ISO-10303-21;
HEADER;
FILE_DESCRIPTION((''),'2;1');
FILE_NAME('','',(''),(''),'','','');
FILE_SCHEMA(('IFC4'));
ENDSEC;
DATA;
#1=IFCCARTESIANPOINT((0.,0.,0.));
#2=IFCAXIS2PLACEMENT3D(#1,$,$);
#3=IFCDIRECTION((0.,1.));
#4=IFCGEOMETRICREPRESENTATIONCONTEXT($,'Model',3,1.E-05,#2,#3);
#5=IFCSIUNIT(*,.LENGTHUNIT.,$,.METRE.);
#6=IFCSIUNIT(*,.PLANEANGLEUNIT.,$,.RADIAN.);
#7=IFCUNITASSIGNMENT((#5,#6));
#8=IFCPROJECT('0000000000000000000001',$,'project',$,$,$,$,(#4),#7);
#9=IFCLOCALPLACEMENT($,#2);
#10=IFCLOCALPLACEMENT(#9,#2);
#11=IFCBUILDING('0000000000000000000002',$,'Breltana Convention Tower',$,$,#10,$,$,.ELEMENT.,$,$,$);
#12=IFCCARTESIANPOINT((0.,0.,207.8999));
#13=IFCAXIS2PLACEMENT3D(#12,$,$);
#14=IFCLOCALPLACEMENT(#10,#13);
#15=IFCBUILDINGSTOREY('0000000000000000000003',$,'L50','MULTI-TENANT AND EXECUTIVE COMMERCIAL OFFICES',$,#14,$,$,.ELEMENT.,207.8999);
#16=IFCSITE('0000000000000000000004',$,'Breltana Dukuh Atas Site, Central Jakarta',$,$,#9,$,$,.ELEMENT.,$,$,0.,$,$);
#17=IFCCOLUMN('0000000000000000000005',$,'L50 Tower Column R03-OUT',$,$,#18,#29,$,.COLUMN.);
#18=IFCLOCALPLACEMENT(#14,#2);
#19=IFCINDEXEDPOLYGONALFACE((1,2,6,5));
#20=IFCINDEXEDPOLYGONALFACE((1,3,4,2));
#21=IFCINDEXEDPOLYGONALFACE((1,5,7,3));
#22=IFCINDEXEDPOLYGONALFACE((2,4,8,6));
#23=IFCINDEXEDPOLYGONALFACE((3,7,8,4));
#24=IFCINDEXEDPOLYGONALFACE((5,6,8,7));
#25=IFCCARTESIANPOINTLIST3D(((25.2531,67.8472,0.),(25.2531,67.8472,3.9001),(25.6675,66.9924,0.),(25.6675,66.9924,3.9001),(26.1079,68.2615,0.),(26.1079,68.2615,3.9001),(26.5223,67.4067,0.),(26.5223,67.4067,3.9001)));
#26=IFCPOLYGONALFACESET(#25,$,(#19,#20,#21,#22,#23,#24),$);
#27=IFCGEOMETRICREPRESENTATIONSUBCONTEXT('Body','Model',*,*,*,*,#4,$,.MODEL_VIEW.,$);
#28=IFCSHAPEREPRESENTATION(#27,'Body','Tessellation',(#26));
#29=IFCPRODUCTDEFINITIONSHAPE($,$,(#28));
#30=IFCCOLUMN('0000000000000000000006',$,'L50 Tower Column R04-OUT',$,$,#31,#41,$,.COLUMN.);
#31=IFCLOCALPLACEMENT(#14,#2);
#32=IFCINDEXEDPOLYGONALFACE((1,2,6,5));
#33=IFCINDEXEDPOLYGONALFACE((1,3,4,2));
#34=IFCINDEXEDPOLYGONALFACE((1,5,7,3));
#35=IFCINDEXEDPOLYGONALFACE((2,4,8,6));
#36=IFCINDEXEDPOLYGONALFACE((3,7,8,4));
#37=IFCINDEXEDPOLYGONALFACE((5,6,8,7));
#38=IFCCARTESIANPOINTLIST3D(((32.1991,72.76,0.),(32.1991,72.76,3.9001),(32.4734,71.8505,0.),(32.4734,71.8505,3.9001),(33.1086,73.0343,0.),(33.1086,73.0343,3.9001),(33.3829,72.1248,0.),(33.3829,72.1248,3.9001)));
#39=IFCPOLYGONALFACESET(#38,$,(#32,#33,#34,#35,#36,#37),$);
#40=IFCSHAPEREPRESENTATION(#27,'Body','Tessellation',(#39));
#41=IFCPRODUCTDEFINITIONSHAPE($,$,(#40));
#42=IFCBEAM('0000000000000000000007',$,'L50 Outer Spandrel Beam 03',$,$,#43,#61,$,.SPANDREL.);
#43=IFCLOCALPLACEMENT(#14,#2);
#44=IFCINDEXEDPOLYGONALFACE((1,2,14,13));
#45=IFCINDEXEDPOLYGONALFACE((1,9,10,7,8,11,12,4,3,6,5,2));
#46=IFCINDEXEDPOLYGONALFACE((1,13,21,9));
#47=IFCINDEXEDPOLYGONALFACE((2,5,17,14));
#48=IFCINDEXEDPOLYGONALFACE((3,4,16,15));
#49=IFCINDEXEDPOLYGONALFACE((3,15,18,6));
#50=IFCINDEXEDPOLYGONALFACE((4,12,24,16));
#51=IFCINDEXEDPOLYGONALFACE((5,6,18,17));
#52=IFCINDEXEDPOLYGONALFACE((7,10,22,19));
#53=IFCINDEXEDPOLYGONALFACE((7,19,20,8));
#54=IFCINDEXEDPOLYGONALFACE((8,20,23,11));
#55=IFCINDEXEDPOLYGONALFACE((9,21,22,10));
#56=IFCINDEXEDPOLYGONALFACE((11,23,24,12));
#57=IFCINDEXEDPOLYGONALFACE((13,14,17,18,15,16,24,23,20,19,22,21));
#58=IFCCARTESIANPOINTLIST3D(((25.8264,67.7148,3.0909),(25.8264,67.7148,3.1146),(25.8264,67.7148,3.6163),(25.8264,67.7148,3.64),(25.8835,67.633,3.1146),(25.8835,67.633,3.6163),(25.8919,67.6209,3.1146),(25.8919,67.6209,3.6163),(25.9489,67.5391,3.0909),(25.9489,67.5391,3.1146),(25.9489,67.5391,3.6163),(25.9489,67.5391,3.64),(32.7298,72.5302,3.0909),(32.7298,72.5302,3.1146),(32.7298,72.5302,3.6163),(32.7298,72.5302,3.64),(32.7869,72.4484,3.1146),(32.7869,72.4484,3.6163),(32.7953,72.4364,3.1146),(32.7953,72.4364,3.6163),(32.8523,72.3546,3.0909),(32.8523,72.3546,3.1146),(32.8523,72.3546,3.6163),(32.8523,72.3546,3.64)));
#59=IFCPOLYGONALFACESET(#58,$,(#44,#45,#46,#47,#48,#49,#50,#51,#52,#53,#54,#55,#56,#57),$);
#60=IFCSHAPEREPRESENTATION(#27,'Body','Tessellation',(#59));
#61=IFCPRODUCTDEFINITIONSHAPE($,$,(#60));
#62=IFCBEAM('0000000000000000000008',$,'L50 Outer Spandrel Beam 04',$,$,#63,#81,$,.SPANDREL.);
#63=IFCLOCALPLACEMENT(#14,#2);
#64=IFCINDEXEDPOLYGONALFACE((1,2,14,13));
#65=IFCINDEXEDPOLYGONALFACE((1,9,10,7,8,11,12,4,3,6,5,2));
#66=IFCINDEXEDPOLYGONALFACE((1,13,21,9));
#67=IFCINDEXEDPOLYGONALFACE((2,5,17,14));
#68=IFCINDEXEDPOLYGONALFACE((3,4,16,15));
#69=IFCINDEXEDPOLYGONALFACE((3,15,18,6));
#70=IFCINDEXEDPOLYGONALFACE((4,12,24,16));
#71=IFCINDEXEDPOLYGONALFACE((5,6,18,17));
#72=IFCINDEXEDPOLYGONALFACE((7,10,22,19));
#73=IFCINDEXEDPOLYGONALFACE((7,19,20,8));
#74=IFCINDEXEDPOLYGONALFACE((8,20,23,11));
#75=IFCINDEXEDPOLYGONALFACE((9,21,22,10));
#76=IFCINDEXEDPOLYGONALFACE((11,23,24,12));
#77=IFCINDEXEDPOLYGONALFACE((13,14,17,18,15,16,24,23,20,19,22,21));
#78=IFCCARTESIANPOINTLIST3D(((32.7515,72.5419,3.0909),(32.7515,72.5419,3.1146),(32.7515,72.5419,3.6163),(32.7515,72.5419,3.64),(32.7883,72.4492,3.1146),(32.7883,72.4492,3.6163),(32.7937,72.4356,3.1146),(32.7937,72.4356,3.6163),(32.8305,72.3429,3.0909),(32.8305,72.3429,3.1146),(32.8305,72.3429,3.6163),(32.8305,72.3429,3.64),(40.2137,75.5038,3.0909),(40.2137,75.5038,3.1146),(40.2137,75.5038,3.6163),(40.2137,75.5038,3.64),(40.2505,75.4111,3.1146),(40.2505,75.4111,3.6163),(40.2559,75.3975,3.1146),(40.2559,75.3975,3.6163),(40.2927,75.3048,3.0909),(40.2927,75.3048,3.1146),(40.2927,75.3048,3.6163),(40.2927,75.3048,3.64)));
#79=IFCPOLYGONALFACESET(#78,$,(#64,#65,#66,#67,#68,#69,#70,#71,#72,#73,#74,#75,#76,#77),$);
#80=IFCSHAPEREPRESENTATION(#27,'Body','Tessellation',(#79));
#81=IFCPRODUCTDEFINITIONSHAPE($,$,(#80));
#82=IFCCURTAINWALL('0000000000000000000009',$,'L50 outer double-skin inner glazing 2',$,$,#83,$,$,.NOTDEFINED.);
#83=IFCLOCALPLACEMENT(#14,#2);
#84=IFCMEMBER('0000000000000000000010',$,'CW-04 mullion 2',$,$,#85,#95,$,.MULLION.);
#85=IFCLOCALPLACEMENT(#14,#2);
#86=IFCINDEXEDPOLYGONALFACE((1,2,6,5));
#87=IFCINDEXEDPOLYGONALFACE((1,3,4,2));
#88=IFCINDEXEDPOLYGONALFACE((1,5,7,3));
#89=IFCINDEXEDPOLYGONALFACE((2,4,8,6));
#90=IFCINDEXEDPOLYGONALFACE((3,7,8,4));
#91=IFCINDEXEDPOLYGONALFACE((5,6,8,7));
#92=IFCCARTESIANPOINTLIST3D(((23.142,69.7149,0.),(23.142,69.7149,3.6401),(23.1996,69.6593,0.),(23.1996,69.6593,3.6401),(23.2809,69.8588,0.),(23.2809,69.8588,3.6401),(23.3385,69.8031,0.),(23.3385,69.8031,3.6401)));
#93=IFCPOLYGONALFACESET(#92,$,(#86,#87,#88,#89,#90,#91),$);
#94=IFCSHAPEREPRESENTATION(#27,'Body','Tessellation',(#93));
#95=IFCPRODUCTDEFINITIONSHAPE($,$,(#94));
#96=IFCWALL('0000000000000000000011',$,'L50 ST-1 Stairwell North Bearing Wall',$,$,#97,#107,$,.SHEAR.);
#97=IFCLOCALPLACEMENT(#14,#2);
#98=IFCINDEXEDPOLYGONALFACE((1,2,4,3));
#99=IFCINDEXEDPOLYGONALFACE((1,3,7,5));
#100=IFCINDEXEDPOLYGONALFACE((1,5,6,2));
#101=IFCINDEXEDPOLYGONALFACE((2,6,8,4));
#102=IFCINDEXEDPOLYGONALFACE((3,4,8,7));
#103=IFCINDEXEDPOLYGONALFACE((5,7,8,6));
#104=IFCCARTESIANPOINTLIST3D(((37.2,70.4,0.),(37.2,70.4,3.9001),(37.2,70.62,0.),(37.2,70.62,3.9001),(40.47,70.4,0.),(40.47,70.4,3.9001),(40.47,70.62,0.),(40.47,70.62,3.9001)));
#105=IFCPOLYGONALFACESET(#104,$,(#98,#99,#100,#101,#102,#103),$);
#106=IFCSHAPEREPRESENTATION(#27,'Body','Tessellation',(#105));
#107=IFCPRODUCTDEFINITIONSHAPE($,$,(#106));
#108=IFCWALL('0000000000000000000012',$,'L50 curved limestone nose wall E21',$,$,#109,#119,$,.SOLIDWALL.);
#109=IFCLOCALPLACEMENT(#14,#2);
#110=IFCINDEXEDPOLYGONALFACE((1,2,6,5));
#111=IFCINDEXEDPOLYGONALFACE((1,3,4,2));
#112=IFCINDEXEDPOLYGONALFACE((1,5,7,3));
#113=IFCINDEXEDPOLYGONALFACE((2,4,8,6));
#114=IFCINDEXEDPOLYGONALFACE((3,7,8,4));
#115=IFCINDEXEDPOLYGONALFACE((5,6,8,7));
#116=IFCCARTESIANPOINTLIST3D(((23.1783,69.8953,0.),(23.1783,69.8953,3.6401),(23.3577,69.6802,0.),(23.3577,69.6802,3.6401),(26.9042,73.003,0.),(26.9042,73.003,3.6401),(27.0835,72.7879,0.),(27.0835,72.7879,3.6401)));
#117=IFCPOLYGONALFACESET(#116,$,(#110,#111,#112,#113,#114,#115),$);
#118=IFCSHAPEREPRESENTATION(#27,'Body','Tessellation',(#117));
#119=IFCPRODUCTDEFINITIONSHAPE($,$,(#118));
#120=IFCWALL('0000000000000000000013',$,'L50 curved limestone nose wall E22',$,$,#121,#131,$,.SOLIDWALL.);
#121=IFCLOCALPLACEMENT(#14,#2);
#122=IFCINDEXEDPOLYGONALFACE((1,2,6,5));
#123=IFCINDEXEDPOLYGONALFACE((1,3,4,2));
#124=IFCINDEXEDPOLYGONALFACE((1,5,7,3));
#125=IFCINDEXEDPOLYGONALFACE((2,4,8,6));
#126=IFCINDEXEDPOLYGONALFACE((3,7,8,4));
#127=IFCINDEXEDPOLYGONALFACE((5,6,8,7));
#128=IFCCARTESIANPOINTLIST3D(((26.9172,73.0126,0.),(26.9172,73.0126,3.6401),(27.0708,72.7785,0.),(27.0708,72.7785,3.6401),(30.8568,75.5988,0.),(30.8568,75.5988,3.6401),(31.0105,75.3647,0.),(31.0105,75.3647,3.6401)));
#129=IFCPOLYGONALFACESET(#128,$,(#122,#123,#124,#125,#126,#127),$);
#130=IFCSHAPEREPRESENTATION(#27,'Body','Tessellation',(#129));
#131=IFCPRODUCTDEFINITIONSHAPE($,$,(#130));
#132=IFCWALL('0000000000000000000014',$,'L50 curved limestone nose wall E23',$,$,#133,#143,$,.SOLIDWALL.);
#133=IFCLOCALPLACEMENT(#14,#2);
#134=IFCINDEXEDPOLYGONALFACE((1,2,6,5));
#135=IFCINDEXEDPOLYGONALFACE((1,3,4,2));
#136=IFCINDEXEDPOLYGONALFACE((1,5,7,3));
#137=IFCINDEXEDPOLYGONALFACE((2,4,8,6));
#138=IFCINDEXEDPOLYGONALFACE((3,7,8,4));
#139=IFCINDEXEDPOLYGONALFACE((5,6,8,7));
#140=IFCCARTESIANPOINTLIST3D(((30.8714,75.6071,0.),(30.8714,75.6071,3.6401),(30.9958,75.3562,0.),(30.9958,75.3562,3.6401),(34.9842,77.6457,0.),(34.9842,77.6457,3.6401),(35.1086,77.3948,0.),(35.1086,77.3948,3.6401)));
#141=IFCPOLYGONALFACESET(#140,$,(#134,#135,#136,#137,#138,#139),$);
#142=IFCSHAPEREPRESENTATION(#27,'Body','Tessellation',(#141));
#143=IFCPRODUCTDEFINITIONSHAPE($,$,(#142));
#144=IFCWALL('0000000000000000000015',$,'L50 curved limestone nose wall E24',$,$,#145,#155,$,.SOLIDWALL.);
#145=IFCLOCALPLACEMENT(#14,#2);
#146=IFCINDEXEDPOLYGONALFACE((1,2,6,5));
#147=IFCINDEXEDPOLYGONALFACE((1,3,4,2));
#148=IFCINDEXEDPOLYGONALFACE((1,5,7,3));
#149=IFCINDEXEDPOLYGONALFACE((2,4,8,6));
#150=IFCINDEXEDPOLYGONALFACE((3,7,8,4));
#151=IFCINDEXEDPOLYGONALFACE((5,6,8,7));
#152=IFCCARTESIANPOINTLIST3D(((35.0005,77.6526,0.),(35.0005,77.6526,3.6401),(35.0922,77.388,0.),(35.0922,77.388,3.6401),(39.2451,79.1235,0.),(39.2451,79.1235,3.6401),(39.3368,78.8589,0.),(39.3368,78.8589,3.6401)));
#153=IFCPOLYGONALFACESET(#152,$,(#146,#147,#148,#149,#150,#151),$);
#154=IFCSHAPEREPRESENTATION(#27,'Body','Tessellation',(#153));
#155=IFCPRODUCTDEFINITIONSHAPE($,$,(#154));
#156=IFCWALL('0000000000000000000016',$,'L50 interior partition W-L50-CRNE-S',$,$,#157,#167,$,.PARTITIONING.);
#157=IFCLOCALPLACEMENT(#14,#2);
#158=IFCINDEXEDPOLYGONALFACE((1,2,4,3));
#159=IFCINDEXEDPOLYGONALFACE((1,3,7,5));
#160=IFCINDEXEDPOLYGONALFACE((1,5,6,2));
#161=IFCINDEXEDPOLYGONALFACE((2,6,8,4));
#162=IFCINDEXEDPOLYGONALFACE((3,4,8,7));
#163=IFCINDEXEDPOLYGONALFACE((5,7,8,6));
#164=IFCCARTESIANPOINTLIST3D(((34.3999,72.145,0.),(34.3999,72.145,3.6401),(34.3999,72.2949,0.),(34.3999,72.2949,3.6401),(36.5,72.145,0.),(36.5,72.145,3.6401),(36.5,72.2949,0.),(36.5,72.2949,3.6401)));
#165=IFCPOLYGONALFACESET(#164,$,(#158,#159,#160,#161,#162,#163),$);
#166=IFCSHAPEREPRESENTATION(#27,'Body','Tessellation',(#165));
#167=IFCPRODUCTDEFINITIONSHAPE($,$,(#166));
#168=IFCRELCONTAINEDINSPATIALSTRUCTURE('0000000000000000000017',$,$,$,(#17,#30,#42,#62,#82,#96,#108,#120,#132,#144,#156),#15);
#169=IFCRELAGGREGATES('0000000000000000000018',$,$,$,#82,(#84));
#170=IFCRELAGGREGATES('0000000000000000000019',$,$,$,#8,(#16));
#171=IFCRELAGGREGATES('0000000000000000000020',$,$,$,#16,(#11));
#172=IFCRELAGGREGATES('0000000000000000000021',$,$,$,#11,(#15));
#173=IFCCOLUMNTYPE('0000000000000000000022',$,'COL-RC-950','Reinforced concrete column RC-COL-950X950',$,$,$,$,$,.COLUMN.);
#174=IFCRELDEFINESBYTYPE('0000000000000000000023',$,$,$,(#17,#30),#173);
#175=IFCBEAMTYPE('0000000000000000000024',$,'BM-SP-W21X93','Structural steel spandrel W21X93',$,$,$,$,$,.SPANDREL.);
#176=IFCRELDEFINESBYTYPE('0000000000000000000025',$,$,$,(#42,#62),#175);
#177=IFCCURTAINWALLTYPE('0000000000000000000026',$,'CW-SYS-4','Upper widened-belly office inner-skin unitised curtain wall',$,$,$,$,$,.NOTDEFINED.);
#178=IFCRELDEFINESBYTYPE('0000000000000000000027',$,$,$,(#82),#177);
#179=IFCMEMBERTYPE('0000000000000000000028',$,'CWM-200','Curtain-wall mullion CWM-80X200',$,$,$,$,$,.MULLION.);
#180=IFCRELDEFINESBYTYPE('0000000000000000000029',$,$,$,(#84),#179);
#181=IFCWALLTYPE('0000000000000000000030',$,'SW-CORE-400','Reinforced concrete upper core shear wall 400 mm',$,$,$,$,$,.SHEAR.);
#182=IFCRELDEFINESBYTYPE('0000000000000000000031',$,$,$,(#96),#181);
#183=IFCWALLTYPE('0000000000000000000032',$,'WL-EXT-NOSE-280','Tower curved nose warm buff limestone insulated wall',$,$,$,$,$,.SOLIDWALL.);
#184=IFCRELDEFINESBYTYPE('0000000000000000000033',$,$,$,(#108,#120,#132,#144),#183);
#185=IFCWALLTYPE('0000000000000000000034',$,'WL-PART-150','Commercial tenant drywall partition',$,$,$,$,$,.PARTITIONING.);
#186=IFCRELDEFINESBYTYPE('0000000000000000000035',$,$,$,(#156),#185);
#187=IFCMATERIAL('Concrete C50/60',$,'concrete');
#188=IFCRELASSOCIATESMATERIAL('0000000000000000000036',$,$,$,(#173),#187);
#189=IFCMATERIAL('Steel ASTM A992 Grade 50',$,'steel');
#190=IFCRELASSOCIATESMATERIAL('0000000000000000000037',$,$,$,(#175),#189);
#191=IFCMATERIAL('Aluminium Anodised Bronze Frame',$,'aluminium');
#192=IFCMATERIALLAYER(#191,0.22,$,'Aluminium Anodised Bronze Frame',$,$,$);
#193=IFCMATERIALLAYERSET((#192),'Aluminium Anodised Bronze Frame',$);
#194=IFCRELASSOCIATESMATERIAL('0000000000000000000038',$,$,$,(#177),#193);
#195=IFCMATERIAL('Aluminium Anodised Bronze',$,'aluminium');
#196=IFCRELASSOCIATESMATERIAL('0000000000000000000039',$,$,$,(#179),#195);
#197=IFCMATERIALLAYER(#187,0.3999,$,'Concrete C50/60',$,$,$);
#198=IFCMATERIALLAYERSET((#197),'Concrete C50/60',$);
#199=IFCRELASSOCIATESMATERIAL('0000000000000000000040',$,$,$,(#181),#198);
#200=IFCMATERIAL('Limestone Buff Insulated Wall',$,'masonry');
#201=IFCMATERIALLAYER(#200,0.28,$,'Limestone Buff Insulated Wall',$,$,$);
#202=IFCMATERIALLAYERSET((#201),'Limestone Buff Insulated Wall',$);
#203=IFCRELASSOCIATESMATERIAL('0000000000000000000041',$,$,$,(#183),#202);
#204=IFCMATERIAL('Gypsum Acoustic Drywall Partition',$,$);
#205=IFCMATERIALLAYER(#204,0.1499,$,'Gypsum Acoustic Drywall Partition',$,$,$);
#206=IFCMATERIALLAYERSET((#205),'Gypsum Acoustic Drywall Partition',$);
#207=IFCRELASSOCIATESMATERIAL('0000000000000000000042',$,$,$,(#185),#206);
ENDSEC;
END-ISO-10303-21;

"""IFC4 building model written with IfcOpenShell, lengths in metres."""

from ifc_helpers import new_model, si_unit, direction, frame, frame_2d, origin, origin_2d, place, context, subcontext, project, spatial, rectangle, i_section, extrude, source, transform, mapped, material, layer, layer_set, material_profile, profile_set, type_object, element, aggregate, save


model = new_model("IFC4")

# Units and contexts
model_context = context("Model", 3, precision=1e-05, world=origin(), true_north=direction((0.0, 1.0)))
body_context = subcontext(model_context, "Body", "Model", "MODEL_VIEW")
ifc_project = project(units=[si_unit("LENGTHUNIT", "METRE"), si_unit("PLANEANGLEUNIT", "RADIAN")], contexts=[model_context])

# Site, building, storey
site_placement = place(None, origin())
site = spatial("IfcSite", under=ifc_project, at=site_placement, Name="Breltana Dukuh Atas Site, Central Jakarta", CompositionType="ELEMENT", RefElevation=0.0)
building_placement = place(site_placement, origin())
building = spatial("IfcBuilding", under=site, at=building_placement, Name="Breltana Convention Tower", CompositionType="ELEMENT")
storey_placement = place(building_placement, frame((0.0, 0.0, 207.8999)))
storey = spatial("IfcBuildingStorey", under=building, at=storey_placement, Name="L50", Description="MULTI-TENANT AND EXECUTIVE COMMERCIAL OFFICES", CompositionType="ELEMENT", Elevation=207.8999)

# Columns
ifc_material_1 = material(Name="Concrete C50/60", Category="concrete")
ifc_material_profile_1 = material_profile(ifc_material_1, rectangle(XDim=0.95, YDim=0.95, at=origin_2d()), Name="RC-COL-950X950")
ifc_profile_set_1 = profile_set([ifc_material_profile_1], Name="Concrete C50/60")
column_type = type_object("IfcColumnType", Name="COL-RC-950", Description="Reinforced concrete column RC-COL-950X950", PredefinedType="COLUMN", material=ifc_profile_set_1)
shared_shape_1 = source(origin(), body_context, "Body", "SweptSolid", [
    extrude(rectangle(XDim=0.95, YDim=0.95, at=origin_2d()), origin(), (0.0, 0.0, 1.0), 3.9001),
])
for number, where, z_axis, x_axis, name in (
    (1, (25.8877, 67.627, 0.0), (0.0, 0.0, 1.0), (-0.436174, 0.899863, 0.0), "L50 Tower Column R03-OUT"),
    (2, (32.791, 72.4424, 0.0), (0.0, 0.0, 1.0), (-0.288698, 0.95742, 0.0), "L50 Tower Column R04-OUT"),
):
    element("IfcColumn", number, at=place(storey_placement, frame(where, z_axis=z_axis, x_axis=x_axis)), inside=storey, type_object=column_type, Name=name, PredefinedType="COLUMN", context=body_context, shape_type="MappedRepresentation", body=[
        mapped(shared_shape_1, transform((0.0, 0.0, 0.0), scale=1.0)),
    ])

# Beams
ifc_material_2 = material(Name="Steel ASTM A992 Grade 50", Category="steel")
ifc_material_profile_2 = material_profile(ifc_material_2, i_section(OverallWidth=0.2141, OverallDepth=0.5491, WebThickness=0.0146, FlangeThickness=0.0237, at=origin_2d()), Name="W21X93")
ifc_profile_set_2 = profile_set([ifc_material_profile_2], Name="Steel ASTM A992 Grade 50")
beam_type = type_object("IfcBeamType", Name="BM-SP-W21X93", Description="Structural steel spandrel W21X93", PredefinedType="SPANDREL", material=ifc_profile_set_2)
shared_shape_2 = source(origin(), body_context, "Body", "SweptSolid", [
    extrude(i_section(OverallWidth=0.2141, OverallDepth=0.5491, WebThickness=0.0146, FlangeThickness=0.0237, at=origin_2d()), origin(), (0.0, 0.0, 1.0), 8.417),
])
beam_1_placement = place(storey_placement, frame((25.8877, 67.627, 3.3655), z_axis=(0.820174, 0.572114, 0.0), x_axis=(-0.572114, 0.820174, 0.0)))
element("IfcBeam", 3, at=beam_1_placement, inside=storey, type_object=beam_type, Name="L50 Outer Spandrel Beam 03", PredefinedType="SPANDREL", context=body_context, shape_type="MappedRepresentation", body=[
    mapped(shared_shape_2, transform((0.0, 0.0, 0.0), scale=1.0)),
])
shared_shape_3 = source(origin(), body_context, "Body", "SweptSolid", [
    extrude(i_section(OverallWidth=0.2141, OverallDepth=0.5491, WebThickness=0.0146, FlangeThickness=0.0237, at=origin_2d()), origin(), (0.0, 0.0, 1.0), 8.0286),
])
beam_2_placement = place(storey_placement, frame((32.791, 72.4424, 3.3655), z_axis=(0.929459, 0.368925, 0.0), x_axis=(-0.368925, 0.929459, 0.0)))
element("IfcBeam", 4, at=beam_2_placement, inside=storey, type_object=beam_type, Name="L50 Outer Spandrel Beam 04", PredefinedType="SPANDREL", context=body_context, shape_type="MappedRepresentation", body=[
    mapped(shared_shape_3, transform((0.0, 0.0, 0.0), scale=1.0)),
])

# Curtain wall, member
ifc_material_3 = material(Name="Aluminium Anodised Bronze Frame", Category="aluminium")
ifc_layer_1 = layer(ifc_material_3, 0.22, Name="Aluminium Anodised Bronze Frame")
ifc_layer_set_1 = layer_set([ifc_layer_1], Name="Aluminium Anodised Bronze Frame")
curtain_wall_type = type_object("IfcCurtainWallType", Name="CW-SYS-4", Description="Upper widened-belly office inner-skin unitised curtain wall", PredefinedType="NOTDEFINED", material=ifc_layer_set_1)
curtain_wall_placement = place(storey_placement, origin())
curtain_wall = element("IfcCurtainWall", 5, at=curtain_wall_placement, inside=storey, type_object=curtain_wall_type, Name="L50 outer double-skin inner glazing 2", PredefinedType="NOTDEFINED")
ifc_material_4 = material(Name="Aluminium Anodised Bronze", Category="aluminium")
ifc_material_profile_3 = material_profile(ifc_material_4, rectangle(XDim=0.0801, YDim=0.2, at=origin_2d()), Name="CWM-80X200")
ifc_profile_set_3 = profile_set([ifc_material_profile_3], Name="Aluminium Anodised Bronze")
member_type = type_object("IfcMemberType", Name="CWM-200", Description="Curtain-wall mullion CWM-80X200", PredefinedType="MULLION", material=ifc_profile_set_3)
shared_shape_4 = source(origin(), body_context, "Body", "SweptSolid", [
    extrude(rectangle(XDim=0.0801, YDim=0.2, at=origin_2d()), origin(), (0.0, 0.0, 1.0), 3.6401),
])
member_placement = place(storey_placement, frame((23.2402, 69.759, 0.0), z_axis=(0.0, 0.0, 1.0), x_axis=(-0.719396, 0.6946, 0.0)))
member = element("IfcMember", 6, at=member_placement, type_object=member_type, Name="CW-04 mullion 2", PredefinedType="MULLION", context=body_context, shape_type="MappedRepresentation", body=[
    mapped(shared_shape_4, transform((0.0, 0.0, 0.0), scale=1.0)),
])
aggregate(curtain_wall, [member])

# Wall
ifc_layer_2 = layer(ifc_material_1, 0.3999, Name="Concrete C50/60")
ifc_layer_set_2 = layer_set([ifc_layer_2], Name="Concrete C50/60")
wall_type_1 = type_object("IfcWallType", Name="SW-CORE-400", Description="Reinforced concrete upper core shear wall 400 mm", PredefinedType="SHEAR", material=ifc_layer_set_2)
shared_shape_5 = source(origin(), body_context, "Body", "SweptSolid", [
    extrude(rectangle(XDim=3.27, YDim=0.22, at=frame_2d((1.635, 0.0))), origin(), (0.0, 0.0, 1.0), 3.9001),
])
wall_1_placement = place(storey_placement, frame((37.2, 70.51, 0.0), z_axis=(0.0, 0.0, 1.0), x_axis=(1.0, 0.0, 0.0)))
element("IfcWall", 7, at=wall_1_placement, inside=storey, type_object=wall_type_1, Name="L50 ST-1 Stairwell North Bearing Wall", PredefinedType="SHEAR", context=body_context, shape_type="MappedRepresentation", body=[
    mapped(shared_shape_5, transform((0.0, 0.0, 0.0), scale=1.0)),
])

# Walls
ifc_material_5 = material(Name="Limestone Buff Insulated Wall", Category="masonry")
ifc_layer_3 = layer(ifc_material_5, 0.28, Name="Limestone Buff Insulated Wall")
ifc_layer_set_3 = layer_set([ifc_layer_3], Name="Limestone Buff Insulated Wall")
wall_type_2 = type_object("IfcWallType", Name="WL-EXT-NOSE-280", Description="Tower curved nose warm buff limestone insulated wall", PredefinedType="SOLIDWALL", material=ifc_layer_set_3)
shared_shape_6 = source(origin(), body_context, "Body", "SweptSolid", [
    extrude(rectangle(XDim=4.8518, YDim=0.28, at=frame_2d((2.4258, 0.0))), origin(), (0.0, 0.0, 1.0), 3.6401),
])
wall_2_placement = place(storey_placement, frame((23.2681, 69.7878, 0.0), z_axis=(0.0, 0.0, 1.0), x_axis=(0.767937, 0.640526, 0.0)))
element("IfcWall", 8, at=wall_2_placement, inside=storey, type_object=wall_type_2, Name="L50 curved limestone nose wall E21", PredefinedType="SOLIDWALL", context=body_context, shape_type="MappedRepresentation", body=[
    mapped(shared_shape_6, transform((0.0, 0.0, 0.0), scale=1.0)),
])
shared_shape_7 = source(origin(), body_context, "Body", "SweptSolid", [
    extrude(rectangle(XDim=4.7126, YDim=0.28, at=frame_2d((2.3564, 0.0))), origin(), (0.0, 0.0, 1.0), 3.6401),
])
wall_3_placement = place(storey_placement, frame((26.9939, 72.8955, 0.0), z_axis=(0.0, 0.0, 1.0), x_axis=(0.835974, 0.548768, 0.0)))
element("IfcWall", 9, at=wall_3_placement, inside=storey, type_object=wall_type_2, Name="L50 curved limestone nose wall E22", PredefinedType="SOLIDWALL", context=body_context, shape_type="MappedRepresentation", body=[
    mapped(shared_shape_7, transform((0.0, 0.0, 0.0), scale=1.0)),
])
shared_shape_8 = source(origin(), body_context, "Body", "SweptSolid", [
    extrude(rectangle(XDim=4.5903, YDim=0.28, at=frame_2d((2.2952, 0.0))), origin(), (0.0, 0.0, 1.0), 3.6401),
])
wall_4_placement = place(storey_placement, frame((30.9336, 75.4817, 0.0), z_axis=(0.0, 0.0, 1.0), x_axis=(0.895975, 0.444105, 0.0)))
element("IfcWall", 10, at=wall_4_placement, inside=storey, type_object=wall_type_2, Name="L50 curved limestone nose wall E23", PredefinedType="SOLIDWALL", context=body_context, shape_type="MappedRepresentation", body=[
    mapped(shared_shape_8, transform((0.0, 0.0, 0.0), scale=1.0)),
])
shared_shape_9 = source(origin(), body_context, "Body", "SweptSolid", [
    extrude(rectangle(XDim=4.4922, YDim=0.28, at=frame_2d((2.2461, 0.0))), origin(), (0.0, 0.0, 1.0), 3.6401),
])
wall_5_placement = place(storey_placement, frame((35.0464, 77.5203, 0.0), z_axis=(0.0, 0.0, 1.0), x_axis=(0.944872, 0.327439, 0.0)))
element("IfcWall", 11, at=wall_5_placement, inside=storey, type_object=wall_type_2, Name="L50 curved limestone nose wall E24", PredefinedType="SOLIDWALL", context=body_context, shape_type="MappedRepresentation", body=[
    mapped(shared_shape_9, transform((0.0, 0.0, 0.0), scale=1.0)),
])
ifc_material_6 = material(Name="Gypsum Acoustic Drywall Partition")
ifc_layer_4 = layer(ifc_material_6, 0.1499, Name="Gypsum Acoustic Drywall Partition")
ifc_layer_set_4 = layer_set([ifc_layer_4], Name="Gypsum Acoustic Drywall Partition")
wall_type_3 = type_object("IfcWallType", Name="WL-PART-150", Description="Commercial tenant drywall partition", PredefinedType="PARTITIONING", material=ifc_layer_set_4)
shared_shape_10 = source(origin(), body_context, "Body", "SweptSolid", [
    extrude(rectangle(XDim=2.1001, YDim=0.1499, at=frame_2d((1.05, 0.0))), origin(), (0.0, 0.0, 1.0), 3.6401),
])
wall_6_placement = place(storey_placement, frame((34.3999, 72.22, 0.0), z_axis=(0.0, 0.0, 1.0), x_axis=(1.0, 0.0, 0.0)))
element("IfcWall", 12, at=wall_6_placement, inside=storey, type_object=wall_type_3, Name="L50 interior partition W-L50-CRNE-S", PredefinedType="PARTITIONING", context=body_context, shape_type="MappedRepresentation", body=[
    mapped(shared_shape_10, transform((0.0, 0.0, 0.0), scale=1.0)),
])

save(model, "model.ifc")
